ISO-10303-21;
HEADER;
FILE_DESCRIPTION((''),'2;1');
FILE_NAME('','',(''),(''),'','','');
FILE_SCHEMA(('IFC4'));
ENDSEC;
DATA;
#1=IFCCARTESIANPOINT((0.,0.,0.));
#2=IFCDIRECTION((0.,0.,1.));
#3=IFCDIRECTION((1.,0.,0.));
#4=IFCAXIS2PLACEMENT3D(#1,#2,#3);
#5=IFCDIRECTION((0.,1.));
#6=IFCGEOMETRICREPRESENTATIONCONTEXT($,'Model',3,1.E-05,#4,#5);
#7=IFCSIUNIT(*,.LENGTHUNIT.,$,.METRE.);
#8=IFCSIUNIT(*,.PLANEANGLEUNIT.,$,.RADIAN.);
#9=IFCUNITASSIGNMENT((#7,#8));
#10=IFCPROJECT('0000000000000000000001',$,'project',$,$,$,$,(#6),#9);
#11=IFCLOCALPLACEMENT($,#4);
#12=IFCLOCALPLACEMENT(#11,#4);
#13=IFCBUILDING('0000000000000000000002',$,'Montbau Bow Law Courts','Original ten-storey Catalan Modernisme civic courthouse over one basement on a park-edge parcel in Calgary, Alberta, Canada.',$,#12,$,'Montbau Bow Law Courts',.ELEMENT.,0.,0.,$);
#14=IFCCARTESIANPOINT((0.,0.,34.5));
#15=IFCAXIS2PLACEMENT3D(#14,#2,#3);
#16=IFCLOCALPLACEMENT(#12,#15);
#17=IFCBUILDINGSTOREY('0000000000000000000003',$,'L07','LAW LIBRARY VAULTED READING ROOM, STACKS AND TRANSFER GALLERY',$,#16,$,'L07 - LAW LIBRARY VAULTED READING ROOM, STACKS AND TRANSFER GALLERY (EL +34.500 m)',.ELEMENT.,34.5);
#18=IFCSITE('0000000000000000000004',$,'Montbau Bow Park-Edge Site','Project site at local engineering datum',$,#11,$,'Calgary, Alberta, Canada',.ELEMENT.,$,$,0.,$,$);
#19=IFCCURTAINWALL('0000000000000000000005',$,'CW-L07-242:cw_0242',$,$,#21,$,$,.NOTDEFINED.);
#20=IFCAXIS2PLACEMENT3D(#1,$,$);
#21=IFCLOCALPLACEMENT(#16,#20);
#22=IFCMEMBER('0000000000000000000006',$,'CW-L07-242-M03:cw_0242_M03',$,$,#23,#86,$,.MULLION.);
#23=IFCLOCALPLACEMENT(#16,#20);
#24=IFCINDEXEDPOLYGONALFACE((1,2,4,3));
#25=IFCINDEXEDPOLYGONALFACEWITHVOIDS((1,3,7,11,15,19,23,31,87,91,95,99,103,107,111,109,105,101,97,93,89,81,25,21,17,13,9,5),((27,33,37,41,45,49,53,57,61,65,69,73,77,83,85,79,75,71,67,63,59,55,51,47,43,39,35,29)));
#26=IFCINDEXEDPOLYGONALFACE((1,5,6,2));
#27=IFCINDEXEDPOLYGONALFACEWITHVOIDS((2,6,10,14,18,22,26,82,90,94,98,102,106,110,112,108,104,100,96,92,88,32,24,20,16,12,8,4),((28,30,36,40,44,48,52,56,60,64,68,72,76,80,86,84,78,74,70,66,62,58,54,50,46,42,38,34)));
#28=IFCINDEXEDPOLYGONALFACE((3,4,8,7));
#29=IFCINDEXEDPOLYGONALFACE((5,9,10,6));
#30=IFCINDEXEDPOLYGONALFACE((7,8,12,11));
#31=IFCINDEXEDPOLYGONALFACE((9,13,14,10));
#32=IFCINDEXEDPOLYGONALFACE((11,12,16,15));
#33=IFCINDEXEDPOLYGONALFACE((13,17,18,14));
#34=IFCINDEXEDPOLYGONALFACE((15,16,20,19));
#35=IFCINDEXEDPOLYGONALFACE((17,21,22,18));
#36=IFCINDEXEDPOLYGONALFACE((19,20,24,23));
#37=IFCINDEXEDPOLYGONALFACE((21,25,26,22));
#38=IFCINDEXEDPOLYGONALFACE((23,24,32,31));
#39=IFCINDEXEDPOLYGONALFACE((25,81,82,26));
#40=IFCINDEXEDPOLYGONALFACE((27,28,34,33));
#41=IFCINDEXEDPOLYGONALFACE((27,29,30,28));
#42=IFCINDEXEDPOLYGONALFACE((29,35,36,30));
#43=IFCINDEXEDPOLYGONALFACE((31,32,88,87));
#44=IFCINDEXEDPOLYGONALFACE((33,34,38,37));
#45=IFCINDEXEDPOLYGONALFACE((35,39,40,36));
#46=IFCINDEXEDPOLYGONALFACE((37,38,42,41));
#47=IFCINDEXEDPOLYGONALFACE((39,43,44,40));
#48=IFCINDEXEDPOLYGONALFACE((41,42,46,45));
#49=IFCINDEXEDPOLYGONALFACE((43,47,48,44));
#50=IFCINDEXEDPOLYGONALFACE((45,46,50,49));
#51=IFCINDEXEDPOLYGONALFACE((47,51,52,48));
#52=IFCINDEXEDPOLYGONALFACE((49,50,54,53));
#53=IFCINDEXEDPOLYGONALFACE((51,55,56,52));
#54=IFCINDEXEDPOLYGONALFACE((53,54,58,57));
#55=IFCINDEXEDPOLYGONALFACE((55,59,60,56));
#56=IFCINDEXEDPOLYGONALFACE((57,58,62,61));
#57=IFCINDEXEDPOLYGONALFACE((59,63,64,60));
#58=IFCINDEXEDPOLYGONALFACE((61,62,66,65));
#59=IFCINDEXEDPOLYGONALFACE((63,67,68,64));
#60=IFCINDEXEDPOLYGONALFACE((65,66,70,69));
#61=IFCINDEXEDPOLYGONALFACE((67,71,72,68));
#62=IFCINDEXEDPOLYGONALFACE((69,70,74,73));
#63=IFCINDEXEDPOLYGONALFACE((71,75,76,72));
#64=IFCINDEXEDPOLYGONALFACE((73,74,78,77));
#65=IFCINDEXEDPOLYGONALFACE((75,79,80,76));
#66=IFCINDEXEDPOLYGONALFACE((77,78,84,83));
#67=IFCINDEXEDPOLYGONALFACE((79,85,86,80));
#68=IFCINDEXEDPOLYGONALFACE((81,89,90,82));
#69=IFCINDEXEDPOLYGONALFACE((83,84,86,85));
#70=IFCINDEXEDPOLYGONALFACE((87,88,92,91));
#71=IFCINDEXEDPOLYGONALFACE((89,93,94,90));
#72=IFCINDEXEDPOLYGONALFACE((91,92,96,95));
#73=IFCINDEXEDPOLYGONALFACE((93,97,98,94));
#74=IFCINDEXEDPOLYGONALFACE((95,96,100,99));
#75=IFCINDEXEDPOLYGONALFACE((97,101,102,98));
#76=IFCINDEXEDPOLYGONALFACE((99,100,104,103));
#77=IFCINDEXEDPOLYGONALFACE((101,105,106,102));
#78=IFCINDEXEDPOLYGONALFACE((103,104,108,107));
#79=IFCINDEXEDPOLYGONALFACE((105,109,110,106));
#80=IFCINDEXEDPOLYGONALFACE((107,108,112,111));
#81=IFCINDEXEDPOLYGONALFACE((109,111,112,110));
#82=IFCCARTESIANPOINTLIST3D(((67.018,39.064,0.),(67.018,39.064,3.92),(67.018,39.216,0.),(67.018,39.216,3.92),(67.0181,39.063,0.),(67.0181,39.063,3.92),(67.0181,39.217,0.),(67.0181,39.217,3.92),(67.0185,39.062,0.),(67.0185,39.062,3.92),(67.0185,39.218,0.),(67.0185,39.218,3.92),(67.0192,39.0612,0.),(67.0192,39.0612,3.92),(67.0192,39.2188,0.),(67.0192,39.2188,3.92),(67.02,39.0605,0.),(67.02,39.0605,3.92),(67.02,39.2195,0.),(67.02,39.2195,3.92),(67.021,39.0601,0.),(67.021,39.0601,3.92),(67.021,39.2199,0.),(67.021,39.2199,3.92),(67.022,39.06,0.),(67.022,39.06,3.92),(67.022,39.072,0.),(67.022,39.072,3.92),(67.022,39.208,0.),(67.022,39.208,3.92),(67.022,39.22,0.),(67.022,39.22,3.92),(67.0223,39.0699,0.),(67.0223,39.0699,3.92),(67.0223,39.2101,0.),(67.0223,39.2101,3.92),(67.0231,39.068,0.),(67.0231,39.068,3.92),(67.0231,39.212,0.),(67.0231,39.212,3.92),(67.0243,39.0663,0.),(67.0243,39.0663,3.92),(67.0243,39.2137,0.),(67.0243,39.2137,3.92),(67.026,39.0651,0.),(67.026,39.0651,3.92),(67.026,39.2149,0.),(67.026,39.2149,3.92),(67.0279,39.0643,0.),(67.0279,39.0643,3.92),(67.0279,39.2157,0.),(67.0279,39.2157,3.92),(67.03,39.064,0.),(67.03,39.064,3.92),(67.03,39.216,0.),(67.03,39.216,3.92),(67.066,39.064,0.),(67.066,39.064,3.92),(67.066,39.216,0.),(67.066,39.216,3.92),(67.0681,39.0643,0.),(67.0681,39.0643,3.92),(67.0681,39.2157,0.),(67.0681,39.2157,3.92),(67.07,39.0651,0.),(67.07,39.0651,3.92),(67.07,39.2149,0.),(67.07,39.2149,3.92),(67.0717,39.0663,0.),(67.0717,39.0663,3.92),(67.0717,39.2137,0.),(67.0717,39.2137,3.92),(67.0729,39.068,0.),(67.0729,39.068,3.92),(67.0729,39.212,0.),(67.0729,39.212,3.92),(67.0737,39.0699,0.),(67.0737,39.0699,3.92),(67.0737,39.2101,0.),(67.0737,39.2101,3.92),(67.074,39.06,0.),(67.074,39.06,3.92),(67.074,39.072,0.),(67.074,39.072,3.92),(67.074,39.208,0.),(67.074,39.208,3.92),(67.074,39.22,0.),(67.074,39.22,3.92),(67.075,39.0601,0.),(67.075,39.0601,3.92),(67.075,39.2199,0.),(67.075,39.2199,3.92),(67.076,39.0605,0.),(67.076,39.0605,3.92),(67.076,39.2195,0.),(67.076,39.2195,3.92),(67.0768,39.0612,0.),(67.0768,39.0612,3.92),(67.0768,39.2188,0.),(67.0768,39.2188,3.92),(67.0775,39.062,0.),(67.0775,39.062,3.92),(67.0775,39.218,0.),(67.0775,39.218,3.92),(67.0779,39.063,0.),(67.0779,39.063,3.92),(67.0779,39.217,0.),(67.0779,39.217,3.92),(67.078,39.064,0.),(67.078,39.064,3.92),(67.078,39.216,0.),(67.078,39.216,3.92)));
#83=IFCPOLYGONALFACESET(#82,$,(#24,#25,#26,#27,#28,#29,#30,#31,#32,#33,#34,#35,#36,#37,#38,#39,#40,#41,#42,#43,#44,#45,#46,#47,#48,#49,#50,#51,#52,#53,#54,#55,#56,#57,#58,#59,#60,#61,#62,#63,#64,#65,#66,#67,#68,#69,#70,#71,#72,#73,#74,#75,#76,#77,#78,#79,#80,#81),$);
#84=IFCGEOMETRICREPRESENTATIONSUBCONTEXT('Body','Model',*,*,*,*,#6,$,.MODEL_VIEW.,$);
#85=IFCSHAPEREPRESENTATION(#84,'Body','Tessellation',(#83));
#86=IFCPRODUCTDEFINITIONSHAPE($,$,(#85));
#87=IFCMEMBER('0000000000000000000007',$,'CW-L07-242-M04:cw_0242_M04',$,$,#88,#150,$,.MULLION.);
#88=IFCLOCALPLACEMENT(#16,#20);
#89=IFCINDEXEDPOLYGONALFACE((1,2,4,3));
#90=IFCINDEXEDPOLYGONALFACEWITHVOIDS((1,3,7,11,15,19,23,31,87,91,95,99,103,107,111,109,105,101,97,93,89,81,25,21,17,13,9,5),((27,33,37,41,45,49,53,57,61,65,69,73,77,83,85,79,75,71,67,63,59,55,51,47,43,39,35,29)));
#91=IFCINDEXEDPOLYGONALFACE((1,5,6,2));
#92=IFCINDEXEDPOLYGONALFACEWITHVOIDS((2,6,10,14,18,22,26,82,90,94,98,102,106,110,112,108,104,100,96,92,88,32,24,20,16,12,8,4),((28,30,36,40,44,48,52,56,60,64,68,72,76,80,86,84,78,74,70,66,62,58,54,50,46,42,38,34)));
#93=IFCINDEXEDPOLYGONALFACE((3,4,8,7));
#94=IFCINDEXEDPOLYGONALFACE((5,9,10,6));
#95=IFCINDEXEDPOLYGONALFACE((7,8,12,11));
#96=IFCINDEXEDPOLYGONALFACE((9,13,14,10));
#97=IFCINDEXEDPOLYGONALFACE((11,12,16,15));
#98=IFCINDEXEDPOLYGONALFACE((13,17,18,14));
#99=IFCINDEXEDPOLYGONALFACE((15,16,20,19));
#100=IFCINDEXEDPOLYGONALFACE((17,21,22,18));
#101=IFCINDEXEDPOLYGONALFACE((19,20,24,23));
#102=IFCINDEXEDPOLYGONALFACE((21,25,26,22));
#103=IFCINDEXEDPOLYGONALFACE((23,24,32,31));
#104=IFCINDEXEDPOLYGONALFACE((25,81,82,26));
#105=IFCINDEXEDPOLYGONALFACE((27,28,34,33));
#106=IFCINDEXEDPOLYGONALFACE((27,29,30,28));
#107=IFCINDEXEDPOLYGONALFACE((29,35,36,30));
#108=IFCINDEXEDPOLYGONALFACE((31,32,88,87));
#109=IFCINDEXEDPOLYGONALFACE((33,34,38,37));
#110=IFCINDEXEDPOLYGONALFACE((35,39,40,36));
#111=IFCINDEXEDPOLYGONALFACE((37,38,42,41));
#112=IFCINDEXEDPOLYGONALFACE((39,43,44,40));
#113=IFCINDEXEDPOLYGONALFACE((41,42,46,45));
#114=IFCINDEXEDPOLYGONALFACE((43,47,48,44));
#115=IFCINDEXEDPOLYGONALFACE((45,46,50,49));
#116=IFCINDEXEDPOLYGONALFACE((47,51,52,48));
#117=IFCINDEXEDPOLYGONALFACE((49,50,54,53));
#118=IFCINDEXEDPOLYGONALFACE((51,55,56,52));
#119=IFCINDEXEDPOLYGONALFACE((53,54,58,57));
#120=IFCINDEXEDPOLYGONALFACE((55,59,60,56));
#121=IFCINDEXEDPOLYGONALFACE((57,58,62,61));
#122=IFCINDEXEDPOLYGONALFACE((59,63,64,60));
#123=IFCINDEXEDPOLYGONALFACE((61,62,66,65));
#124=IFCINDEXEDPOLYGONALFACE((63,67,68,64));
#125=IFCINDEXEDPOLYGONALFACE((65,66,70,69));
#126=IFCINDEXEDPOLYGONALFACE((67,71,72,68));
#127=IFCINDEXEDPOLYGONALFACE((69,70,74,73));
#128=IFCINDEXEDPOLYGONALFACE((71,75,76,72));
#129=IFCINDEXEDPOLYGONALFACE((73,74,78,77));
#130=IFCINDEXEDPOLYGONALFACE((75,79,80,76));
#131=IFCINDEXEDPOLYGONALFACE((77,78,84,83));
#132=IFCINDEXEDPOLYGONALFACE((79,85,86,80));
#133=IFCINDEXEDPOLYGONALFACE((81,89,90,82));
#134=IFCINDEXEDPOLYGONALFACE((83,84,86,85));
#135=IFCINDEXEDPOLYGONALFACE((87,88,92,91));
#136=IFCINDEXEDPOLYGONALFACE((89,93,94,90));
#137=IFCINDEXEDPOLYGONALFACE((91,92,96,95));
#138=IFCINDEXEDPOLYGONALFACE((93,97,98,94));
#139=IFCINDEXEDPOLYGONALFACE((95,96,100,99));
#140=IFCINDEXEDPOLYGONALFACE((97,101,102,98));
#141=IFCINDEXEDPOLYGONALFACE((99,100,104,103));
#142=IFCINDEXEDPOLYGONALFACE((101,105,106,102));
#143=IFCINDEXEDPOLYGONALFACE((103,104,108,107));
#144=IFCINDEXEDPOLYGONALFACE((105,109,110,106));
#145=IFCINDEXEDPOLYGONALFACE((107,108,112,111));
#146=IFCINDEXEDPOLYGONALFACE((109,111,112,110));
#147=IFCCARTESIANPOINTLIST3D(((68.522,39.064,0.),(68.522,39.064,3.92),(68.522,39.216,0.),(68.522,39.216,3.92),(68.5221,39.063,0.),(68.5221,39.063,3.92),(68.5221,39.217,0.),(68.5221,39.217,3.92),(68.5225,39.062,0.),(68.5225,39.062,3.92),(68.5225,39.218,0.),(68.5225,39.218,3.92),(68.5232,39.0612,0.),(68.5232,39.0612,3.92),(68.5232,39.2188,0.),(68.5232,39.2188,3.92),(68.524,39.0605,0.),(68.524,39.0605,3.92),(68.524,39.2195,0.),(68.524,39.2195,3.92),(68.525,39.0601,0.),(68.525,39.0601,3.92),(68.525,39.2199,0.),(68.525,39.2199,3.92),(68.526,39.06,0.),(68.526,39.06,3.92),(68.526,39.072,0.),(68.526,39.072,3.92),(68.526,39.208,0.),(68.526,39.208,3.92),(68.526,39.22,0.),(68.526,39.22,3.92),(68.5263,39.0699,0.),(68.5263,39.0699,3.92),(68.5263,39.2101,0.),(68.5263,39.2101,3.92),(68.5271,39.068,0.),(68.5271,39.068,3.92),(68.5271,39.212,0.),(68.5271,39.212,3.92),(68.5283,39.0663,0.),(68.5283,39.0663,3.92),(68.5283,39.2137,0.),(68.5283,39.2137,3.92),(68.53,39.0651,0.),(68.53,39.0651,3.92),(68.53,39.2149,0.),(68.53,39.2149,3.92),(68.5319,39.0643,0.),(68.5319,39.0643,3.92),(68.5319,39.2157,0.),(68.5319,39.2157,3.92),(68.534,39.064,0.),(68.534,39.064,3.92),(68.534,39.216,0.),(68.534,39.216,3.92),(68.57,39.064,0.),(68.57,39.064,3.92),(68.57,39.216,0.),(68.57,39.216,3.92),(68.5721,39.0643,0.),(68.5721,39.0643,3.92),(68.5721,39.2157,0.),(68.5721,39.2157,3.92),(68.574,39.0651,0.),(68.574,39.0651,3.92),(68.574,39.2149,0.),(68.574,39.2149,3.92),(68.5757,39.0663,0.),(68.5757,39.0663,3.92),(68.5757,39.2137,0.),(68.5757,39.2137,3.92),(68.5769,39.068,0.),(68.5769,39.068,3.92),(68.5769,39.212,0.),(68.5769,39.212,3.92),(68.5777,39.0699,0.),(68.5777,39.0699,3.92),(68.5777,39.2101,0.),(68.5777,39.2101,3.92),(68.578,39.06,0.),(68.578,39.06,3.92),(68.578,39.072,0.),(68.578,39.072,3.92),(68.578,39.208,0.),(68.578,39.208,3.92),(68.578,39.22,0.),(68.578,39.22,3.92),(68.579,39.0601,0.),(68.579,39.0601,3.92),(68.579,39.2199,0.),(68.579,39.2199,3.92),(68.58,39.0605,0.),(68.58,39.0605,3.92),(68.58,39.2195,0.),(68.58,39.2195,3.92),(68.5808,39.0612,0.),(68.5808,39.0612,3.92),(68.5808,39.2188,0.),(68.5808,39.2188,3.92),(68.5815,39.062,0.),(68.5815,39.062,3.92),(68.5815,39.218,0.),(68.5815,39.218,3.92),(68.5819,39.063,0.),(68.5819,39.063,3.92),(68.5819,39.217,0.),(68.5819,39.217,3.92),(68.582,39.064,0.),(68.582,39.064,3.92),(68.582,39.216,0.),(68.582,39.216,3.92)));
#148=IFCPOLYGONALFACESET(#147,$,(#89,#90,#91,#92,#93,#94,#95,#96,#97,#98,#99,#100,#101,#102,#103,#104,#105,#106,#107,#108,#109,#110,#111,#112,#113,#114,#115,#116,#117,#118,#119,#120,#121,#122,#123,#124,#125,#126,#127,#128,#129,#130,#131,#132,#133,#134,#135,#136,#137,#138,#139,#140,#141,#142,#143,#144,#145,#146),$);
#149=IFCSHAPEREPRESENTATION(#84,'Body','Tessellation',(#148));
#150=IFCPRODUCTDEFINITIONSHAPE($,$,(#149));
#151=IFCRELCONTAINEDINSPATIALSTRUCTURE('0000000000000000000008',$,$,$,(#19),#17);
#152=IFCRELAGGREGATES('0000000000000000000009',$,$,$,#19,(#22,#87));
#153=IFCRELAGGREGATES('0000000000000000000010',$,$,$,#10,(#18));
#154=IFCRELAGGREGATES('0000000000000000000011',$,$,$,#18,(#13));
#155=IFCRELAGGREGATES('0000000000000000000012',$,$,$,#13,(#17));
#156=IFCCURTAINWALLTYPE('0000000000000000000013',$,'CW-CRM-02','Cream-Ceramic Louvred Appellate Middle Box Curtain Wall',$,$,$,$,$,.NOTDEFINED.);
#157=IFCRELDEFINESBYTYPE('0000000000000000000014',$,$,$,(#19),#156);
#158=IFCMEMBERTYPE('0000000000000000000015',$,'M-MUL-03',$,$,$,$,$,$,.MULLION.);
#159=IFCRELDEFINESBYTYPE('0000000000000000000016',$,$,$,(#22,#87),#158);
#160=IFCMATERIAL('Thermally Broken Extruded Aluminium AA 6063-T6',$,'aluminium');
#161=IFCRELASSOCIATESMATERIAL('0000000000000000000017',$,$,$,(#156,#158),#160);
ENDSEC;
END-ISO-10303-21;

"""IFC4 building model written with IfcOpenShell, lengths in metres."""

from ifc_helpers import new_model, si_unit, direction, frame, origin_with_axes, origin_2d_with_axis, place, context, subcontext, project, spatial, hollow_rectangle, extrude, material, material_profile, profile_set, type_object, element, aggregate, save


model = new_model("IFC4")

# Units and contexts
model_context = context("Model", 3, precision=1e-05, world=origin_with_axes(), true_north=direction((0.0, 1.0)))
body_context = subcontext(model_context, "Body", "Model", "MODEL_VIEW")
ifc_project = project(units=[si_unit("LENGTHUNIT", "METRE"), si_unit("PLANEANGLEUNIT", "RADIAN")], contexts=[model_context])

# Site, building, storey
site_placement = place(None, origin_with_axes())
site = spatial("IfcSite", under=ifc_project, at=site_placement, Name="Montbau Bow Park-Edge Site", Description="Project site at local engineering datum", LongName="Calgary, Alberta, Canada", CompositionType="ELEMENT", RefElevation=0.0)
building_placement = place(site_placement, origin_with_axes())
building = spatial("IfcBuilding", under=site, at=building_placement, Name="Montbau Bow Law Courts", Description="Original ten-storey Catalan Modernisme civic courthouse over one basement on a park-edge parcel in Calgary, Alberta, Canada.", LongName="Montbau Bow Law Courts", CompositionType="ELEMENT", ElevationOfRefHeight=0.0, ElevationOfTerrain=0.0)
storey_placement = place(building_placement, frame((0.0, 0.0, 34.5), z_axis=(0.0, 0.0, 1.0), x_axis=(1.0, 0.0, 0.0)))
storey = spatial("IfcBuildingStorey", under=building, at=storey_placement, Name="L07", Description="LAW LIBRARY VAULTED READING ROOM, STACKS AND TRANSFER GALLERY", LongName="L07 - LAW LIBRARY VAULTED READING ROOM, STACKS AND TRANSFER GALLERY (EL +34.500 m)", CompositionType="ELEMENT", Elevation=34.5)

# Curtain wall, members
ifc_material_1 = material(Name="Thermally Broken Extruded Aluminium AA 6063-T6", Category="aluminium")
curtain_wall_type = type_object("IfcCurtainWallType", Name="CW-CRM-02", Description="Cream-Ceramic Louvred Appellate Middle Box Curtain Wall", PredefinedType="NOTDEFINED", material=ifc_material_1)
curtain_wall_placement = place(None, frame((64.04, 39.14, 34.5), z_axis=(0.0, 0.0, 1.0), x_axis=(1.0, 0.0, 0.0)))
curtain_wall = element("IfcCurtainWall", 1, at=curtain_wall_placement, inside=storey, type_object=curtain_wall_type, Name="CW-L07-242:cw_0242", PredefinedType="NOTDEFINED")
ifc_material_profile_1 = material_profile(ifc_material_1, hollow_rectangle(XDim=0.06, YDim=0.16, WallThickness=0.004, InnerFilletRadius=0.008, OuterFilletRadius=0.004, at=origin_2d_with_axis()), Name="CWM-160X60", Category="Main", Priority=0)
ifc_profile_set_1 = profile_set([ifc_material_profile_1], Name="Thermally Broken Extruded Aluminium AA 6063-T6")
member_type_1 = type_object("IfcMemberType", Name="M-MUL-03", PredefinedType="MULLION", material=ifc_profile_set_1)
member_1_placement = place(None, frame((67.048, 39.14, 34.5), z_axis=(0.0, 0.0, 1.0), x_axis=(1.0, 0.0, 0.0)))
member_1 = element("IfcMember", 2, at=member_1_placement, type_object=member_type_1, Name="CW-L07-242-M03:cw_0242_M03", PredefinedType="MULLION", context=body_context, shape_type="SweptSolid", body=[
    extrude(hollow_rectangle(XDim=0.06, YDim=0.16, WallThickness=0.004, InnerFilletRadius=0.008, OuterFilletRadius=0.004, at=origin_2d_with_axis()), origin_with_axes(), (0.0, 0.0, 1.0), 3.92),
])
member_2_placement = place(None, frame((68.552, 39.14, 34.5), z_axis=(0.0, 0.0, 1.0), x_axis=(1.0, 0.0, 0.0)))
member_2 = element("IfcMember", 3, at=member_2_placement, type_object=member_type_1, Name="CW-L07-242-M04:cw_0242_M04", PredefinedType="MULLION", context=body_context, shape_type="SweptSolid", body=[
    extrude(hollow_rectangle(XDim=0.06, YDim=0.16, WallThickness=0.004, InnerFilletRadius=0.008, OuterFilletRadius=0.004, at=origin_2d_with_axis()), origin_with_axes(), (0.0, 0.0, 1.0), 3.92),
])
aggregate(curtain_wall, [member_1, member_2])

save(model, "model.ifc")
